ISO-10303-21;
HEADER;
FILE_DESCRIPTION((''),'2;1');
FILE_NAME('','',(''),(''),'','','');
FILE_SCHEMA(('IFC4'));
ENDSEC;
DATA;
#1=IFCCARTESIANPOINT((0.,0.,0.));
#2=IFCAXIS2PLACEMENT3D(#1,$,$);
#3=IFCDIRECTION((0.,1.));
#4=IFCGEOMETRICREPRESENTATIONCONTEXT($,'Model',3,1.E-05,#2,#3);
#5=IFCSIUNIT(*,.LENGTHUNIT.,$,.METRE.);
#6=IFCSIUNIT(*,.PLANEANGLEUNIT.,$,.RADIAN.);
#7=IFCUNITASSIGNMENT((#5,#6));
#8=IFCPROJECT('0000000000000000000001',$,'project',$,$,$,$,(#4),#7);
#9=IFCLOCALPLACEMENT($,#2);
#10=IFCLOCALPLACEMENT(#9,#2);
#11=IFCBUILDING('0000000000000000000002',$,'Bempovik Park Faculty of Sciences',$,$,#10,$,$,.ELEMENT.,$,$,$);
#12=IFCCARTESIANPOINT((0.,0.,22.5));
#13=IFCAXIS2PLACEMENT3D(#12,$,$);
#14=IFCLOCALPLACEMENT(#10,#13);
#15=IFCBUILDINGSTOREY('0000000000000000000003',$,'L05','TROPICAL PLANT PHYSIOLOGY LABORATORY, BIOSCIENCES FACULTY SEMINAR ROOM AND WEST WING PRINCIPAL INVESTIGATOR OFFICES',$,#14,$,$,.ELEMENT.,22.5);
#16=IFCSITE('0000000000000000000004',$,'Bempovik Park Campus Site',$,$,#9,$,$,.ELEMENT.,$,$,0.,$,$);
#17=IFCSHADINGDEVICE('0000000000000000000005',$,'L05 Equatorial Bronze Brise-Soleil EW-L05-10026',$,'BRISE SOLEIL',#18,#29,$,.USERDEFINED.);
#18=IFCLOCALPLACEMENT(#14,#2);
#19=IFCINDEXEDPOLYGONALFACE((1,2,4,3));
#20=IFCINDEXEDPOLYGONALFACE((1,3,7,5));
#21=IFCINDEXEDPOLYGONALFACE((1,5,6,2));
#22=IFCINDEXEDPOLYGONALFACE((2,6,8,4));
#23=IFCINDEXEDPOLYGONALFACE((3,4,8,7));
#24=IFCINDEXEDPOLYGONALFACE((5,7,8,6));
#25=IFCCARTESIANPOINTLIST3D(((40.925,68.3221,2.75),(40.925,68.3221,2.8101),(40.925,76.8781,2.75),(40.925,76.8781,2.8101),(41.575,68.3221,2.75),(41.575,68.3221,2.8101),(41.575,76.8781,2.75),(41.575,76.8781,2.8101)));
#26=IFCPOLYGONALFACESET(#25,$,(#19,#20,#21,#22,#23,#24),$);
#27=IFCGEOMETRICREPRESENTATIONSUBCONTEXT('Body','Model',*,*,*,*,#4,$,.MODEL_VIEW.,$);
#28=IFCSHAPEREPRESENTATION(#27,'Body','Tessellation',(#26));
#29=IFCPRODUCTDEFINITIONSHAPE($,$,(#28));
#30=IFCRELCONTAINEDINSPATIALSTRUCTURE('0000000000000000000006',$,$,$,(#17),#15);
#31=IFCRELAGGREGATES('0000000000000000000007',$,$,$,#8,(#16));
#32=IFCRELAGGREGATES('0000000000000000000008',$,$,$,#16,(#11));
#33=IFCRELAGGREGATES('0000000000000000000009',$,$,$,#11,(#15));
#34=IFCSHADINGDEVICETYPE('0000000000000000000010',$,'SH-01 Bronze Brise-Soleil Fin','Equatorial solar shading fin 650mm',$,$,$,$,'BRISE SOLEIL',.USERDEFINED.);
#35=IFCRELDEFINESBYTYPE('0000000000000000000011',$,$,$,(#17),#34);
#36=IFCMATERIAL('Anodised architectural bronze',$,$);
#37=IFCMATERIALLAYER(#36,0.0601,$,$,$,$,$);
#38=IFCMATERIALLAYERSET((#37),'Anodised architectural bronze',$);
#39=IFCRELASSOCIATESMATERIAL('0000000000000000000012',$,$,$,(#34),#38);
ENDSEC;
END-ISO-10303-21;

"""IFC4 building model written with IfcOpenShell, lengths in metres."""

from ifc_helpers import new_model, si_unit, direction, frame, origin, origin_2d, place, context, subcontext, project, spatial, rectangle, extrude, material, layer, layer_set, type_object, element, save


model = new_model("IFC4")

# Units and contexts
model_context = context("Model", 3, precision=1e-05, world=origin(), true_north=direction((0.0, 1.0)))
body_context = subcontext(model_context, "Body", "Model", "MODEL_VIEW")
ifc_project = project(units=[si_unit("LENGTHUNIT", "METRE"), si_unit("PLANEANGLEUNIT", "RADIAN")], contexts=[model_context])

# Site, building, storey
site_placement = place(None, origin())
site = spatial("IfcSite", under=ifc_project, at=site_placement, Name="Bempovik Park Campus Site", CompositionType="ELEMENT", RefElevation=0.0)
building_placement = place(site_placement, origin())
building = spatial("IfcBuilding", under=site, at=building_placement, Name="Bempovik Park Faculty of Sciences", CompositionType="ELEMENT")
storey_placement = place(building_placement, frame((0.0, 0.0, 22.5)))
storey = spatial("IfcBuildingStorey", under=building, at=storey_placement, Name="L05", Description="TROPICAL PLANT PHYSIOLOGY LABORATORY, BIOSCIENCES FACULTY SEMINAR ROOM AND WEST WING PRINCIPAL INVESTIGATOR OFFICES", CompositionType="ELEMENT", Elevation=22.5)

# Shading device
ifc_material_1 = material(Name="Anodised architectural bronze")
ifc_layer_1 = layer(ifc_material_1, 0.0601)
ifc_layer_set_1 = layer_set([ifc_layer_1], Name="Anodised architectural bronze")
shading_device_type = type_object("IfcShadingDeviceType", Name="SH-01 Bronze Brise-Soleil Fin", Description="Equatorial solar shading fin 650mm", ElementType="BRISE SOLEIL", PredefinedType="USERDEFINED", material=ifc_layer_set_1)
shading_device_placement = place(storey_placement, frame((41.25, 72.6001, 2.75), z_axis=(0.0, 0.0, 1.0), x_axis=(1.0, 0.0, 0.0)))
element("IfcShadingDevice", 1, at=shading_device_placement, inside=storey, type_object=shading_device_type, Name="L05 Equatorial Bronze Brise-Soleil EW-L05-10026", ObjectType="BRISE SOLEIL", PredefinedType="USERDEFINED", context=body_context, shape_type="SweptSolid", body=[
    extrude(rectangle(XDim=0.6499, YDim=8.5559, at=origin_2d()), origin(), (0.0, 0.0, 1.0), 0.0601),
])

save(model, "model.ifc")
